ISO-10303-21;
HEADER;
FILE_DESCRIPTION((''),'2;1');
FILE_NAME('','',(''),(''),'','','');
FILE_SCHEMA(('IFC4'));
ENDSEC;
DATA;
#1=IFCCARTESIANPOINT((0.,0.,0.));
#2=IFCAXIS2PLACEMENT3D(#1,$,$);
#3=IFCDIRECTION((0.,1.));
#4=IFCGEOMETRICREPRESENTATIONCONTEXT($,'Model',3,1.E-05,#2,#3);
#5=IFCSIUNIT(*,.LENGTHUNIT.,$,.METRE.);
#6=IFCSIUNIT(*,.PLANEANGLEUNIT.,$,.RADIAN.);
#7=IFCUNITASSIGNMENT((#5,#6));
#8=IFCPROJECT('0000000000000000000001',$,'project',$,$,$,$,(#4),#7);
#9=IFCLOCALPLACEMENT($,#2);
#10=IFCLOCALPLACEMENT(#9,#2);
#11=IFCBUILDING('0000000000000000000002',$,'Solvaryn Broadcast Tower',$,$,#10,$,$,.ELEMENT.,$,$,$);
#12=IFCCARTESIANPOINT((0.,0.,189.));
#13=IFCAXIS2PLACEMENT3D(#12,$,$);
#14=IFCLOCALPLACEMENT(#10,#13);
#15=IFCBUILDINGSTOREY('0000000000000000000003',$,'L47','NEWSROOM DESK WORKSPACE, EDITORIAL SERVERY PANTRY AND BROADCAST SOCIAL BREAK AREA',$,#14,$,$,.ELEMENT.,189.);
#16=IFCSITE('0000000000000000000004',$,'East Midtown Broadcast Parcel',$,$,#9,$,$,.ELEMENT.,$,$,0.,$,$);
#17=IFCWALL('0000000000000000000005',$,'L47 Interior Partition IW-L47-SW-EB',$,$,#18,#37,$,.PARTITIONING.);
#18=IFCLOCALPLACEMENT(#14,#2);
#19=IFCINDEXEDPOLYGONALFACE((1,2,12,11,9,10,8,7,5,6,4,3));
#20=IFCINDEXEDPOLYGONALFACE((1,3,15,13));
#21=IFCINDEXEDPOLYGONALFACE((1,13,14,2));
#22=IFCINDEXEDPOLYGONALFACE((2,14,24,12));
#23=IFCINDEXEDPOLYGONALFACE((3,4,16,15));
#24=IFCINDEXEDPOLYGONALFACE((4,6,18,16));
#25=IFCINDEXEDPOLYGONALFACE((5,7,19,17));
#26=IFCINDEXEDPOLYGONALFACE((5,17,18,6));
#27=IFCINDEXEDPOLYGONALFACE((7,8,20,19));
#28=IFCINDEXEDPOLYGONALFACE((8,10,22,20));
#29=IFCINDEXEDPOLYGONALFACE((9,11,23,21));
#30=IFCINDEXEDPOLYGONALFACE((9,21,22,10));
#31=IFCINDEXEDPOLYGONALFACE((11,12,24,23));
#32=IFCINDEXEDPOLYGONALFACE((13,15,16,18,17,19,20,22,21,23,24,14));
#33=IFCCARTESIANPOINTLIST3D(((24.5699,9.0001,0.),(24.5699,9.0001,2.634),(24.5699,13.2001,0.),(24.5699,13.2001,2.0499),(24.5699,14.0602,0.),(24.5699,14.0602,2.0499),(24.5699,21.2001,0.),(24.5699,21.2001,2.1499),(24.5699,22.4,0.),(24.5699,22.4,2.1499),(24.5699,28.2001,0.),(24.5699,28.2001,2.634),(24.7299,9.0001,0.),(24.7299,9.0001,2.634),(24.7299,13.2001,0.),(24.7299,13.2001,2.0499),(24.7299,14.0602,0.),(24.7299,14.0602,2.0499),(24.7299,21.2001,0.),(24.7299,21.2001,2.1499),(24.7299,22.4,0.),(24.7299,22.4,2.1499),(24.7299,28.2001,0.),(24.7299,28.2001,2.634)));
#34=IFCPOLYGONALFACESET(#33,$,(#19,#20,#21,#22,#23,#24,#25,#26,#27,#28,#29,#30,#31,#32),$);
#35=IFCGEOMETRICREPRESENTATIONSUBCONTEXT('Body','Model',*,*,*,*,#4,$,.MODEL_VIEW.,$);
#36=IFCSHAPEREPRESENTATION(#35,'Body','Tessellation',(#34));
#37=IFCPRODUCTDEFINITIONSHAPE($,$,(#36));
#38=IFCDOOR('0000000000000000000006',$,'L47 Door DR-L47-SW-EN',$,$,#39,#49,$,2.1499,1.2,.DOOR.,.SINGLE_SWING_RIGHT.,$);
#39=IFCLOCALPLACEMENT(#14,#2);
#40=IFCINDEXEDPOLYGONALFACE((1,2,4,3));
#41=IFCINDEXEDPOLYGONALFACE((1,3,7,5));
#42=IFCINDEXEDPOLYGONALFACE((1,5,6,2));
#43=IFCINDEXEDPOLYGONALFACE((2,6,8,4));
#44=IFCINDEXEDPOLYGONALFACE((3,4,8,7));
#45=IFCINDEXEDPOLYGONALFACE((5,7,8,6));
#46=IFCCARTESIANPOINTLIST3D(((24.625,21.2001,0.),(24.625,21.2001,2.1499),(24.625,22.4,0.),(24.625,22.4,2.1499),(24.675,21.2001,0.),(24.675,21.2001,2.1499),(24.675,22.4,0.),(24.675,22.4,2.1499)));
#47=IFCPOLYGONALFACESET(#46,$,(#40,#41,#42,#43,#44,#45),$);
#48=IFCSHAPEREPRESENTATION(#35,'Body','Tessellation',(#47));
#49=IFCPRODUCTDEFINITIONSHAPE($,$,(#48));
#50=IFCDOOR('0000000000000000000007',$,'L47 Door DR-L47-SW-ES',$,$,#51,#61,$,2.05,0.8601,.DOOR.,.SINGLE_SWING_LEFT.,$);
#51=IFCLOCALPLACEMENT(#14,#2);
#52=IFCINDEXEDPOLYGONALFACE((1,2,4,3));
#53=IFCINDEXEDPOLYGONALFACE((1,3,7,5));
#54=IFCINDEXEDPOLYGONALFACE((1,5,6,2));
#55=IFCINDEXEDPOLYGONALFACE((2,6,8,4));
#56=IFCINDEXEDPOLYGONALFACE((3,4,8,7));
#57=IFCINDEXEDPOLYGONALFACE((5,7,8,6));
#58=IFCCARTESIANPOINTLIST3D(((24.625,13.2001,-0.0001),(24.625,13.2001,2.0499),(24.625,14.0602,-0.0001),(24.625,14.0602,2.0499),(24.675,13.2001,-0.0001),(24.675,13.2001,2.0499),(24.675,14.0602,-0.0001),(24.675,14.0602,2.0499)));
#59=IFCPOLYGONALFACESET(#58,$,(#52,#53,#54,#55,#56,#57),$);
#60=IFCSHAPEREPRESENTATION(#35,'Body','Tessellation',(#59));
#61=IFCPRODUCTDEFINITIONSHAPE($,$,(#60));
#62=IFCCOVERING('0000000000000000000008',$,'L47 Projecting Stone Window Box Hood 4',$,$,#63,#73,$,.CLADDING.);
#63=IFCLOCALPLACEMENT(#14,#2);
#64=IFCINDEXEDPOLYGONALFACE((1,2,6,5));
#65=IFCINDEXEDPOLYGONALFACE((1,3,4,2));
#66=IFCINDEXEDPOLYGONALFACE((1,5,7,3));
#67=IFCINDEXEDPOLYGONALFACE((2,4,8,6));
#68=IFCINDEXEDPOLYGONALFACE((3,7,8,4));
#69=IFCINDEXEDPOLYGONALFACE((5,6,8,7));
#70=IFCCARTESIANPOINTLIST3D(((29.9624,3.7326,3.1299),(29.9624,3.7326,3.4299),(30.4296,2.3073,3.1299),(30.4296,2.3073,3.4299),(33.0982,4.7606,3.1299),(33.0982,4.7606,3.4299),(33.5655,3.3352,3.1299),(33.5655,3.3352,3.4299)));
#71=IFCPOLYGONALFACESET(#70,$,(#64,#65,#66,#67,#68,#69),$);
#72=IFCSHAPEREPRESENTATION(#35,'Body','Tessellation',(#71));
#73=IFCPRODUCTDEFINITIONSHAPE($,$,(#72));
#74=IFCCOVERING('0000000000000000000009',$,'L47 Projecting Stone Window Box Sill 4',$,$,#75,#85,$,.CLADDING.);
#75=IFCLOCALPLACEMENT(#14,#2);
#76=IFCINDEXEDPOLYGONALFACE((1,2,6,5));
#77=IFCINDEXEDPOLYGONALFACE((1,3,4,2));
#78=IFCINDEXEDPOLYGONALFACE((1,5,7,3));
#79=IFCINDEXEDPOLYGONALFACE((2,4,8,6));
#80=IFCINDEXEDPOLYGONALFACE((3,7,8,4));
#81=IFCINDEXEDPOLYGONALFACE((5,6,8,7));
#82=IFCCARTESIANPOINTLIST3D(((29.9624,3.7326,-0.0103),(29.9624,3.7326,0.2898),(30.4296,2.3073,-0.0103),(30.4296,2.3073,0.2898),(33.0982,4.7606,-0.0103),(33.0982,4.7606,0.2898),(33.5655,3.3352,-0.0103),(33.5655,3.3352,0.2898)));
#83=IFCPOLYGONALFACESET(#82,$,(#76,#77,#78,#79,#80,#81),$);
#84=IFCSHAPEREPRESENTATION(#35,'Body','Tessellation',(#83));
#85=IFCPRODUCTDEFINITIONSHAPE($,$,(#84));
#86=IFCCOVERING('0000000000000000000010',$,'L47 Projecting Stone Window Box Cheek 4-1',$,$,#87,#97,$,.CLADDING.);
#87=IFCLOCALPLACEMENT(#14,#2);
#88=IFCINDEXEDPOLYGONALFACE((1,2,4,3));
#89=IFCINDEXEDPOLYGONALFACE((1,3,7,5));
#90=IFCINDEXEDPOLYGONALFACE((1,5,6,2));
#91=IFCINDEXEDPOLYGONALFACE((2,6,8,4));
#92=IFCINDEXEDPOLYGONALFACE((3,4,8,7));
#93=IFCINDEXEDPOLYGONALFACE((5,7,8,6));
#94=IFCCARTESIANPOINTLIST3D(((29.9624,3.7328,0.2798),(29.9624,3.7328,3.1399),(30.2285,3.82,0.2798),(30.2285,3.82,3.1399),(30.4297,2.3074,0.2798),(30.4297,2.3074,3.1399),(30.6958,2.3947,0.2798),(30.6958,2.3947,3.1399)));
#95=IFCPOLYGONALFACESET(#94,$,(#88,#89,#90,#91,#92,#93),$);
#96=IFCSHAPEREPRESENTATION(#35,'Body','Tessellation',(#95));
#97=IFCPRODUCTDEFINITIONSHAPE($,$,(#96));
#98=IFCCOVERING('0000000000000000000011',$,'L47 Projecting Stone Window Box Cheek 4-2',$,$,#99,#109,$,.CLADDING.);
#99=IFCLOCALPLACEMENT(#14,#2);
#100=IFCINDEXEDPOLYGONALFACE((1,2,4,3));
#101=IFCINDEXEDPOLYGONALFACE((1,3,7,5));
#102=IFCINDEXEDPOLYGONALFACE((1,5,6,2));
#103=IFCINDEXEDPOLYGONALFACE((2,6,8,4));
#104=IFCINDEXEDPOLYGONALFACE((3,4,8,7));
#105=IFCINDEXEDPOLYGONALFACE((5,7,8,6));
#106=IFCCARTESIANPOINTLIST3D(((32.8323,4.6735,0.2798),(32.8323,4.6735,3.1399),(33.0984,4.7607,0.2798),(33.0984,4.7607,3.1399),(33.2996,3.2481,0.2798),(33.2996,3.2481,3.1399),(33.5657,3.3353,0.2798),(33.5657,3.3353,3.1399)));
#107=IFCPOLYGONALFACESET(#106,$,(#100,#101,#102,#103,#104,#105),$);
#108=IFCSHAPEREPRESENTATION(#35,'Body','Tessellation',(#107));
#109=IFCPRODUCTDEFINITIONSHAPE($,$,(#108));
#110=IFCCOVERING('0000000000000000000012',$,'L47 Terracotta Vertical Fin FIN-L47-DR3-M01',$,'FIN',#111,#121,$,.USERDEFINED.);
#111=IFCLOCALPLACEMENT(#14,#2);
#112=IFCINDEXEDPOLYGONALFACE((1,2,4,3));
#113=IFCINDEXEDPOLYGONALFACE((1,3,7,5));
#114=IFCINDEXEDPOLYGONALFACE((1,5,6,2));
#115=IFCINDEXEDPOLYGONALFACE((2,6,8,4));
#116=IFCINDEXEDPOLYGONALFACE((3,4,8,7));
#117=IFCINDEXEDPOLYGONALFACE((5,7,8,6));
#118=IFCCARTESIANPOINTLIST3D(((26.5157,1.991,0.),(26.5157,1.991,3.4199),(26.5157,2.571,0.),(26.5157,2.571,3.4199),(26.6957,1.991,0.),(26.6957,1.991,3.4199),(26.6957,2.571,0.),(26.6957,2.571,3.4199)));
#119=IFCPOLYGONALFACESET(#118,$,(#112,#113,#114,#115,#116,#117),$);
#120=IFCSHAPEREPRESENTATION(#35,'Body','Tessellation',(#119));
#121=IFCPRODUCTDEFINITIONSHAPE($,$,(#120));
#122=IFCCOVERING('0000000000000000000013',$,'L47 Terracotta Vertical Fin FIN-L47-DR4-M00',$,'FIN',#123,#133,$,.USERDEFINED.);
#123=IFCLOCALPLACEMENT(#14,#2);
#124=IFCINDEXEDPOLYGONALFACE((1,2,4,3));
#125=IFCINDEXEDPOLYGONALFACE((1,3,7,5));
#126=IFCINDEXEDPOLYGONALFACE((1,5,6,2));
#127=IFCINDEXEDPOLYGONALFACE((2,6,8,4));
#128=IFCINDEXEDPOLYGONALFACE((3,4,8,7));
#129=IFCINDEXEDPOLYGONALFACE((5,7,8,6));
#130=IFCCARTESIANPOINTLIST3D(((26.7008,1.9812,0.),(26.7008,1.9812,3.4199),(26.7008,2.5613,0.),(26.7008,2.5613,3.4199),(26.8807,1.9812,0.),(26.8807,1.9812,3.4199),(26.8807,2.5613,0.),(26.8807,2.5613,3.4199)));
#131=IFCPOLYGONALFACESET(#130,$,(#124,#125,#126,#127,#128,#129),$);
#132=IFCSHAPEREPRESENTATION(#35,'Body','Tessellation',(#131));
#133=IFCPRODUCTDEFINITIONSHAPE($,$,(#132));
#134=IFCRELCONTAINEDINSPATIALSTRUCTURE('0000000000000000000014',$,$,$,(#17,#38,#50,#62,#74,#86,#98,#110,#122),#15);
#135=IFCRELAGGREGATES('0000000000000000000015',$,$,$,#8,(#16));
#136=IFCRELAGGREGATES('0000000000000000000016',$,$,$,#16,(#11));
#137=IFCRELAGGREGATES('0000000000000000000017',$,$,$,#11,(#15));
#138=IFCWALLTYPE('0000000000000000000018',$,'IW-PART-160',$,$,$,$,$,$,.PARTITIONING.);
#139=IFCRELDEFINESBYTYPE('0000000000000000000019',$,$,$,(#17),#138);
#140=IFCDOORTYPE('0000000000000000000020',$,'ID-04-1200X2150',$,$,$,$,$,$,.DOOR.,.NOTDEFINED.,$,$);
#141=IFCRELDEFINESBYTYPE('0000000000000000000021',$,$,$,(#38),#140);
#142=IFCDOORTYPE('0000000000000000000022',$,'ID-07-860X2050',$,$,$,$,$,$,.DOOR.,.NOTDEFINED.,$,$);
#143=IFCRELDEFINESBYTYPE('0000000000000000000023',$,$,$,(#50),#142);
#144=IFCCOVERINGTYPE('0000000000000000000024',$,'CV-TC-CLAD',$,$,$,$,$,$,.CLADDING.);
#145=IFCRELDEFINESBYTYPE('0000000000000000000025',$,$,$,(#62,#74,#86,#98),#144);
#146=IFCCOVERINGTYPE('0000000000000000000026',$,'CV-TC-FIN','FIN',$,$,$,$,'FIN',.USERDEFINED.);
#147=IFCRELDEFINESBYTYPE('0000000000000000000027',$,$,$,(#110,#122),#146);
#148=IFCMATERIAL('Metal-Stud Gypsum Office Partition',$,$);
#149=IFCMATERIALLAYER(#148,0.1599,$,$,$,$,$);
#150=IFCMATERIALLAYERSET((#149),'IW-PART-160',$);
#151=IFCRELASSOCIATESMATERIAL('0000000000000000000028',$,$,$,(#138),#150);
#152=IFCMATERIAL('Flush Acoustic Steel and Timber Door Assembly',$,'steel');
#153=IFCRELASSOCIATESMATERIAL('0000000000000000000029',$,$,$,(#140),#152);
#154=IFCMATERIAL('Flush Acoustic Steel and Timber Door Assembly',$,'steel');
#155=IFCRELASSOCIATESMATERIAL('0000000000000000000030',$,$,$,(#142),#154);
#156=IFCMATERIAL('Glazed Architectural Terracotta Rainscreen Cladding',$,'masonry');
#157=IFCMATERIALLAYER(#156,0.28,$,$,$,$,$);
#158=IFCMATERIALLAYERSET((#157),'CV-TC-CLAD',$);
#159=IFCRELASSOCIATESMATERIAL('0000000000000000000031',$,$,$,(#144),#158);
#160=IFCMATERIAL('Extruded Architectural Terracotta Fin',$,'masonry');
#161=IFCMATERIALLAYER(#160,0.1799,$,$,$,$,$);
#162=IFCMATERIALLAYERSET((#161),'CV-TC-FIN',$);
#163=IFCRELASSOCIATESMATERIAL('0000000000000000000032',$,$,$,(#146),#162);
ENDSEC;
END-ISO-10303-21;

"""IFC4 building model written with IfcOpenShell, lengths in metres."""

from ifc_helpers import new_model, si_unit, direction, frame, frame_2d, origin, origin_2d, place, context, subcontext, project, spatial, rectangle, extrude, material, layer, layer_set, type_object, element, fill, save


model = new_model("IFC4")

# Units and contexts
model_context = context("Model", 3, precision=1e-05, world=origin(), true_north=direction((0.0, 1.0)))
body_context = subcontext(model_context, "Body", "Model", "MODEL_VIEW")
ifc_project = project(units=[si_unit("LENGTHUNIT", "METRE"), si_unit("PLANEANGLEUNIT", "RADIAN")], contexts=[model_context])

# Site, building, storey
site_placement = place(None, origin())
site = spatial("IfcSite", under=ifc_project, at=site_placement, Name="East Midtown Broadcast Parcel", CompositionType="ELEMENT", RefElevation=0.0)
building_placement = place(site_placement, origin())
building = spatial("IfcBuilding", under=site, at=building_placement, Name="Solvaryn Broadcast Tower", CompositionType="ELEMENT")
storey_placement = place(building_placement, frame((0.0, 0.0, 189.0)))
storey = spatial("IfcBuildingStorey", under=building, at=storey_placement, Name="L47", Description="NEWSROOM DESK WORKSPACE, EDITORIAL SERVERY PANTRY AND BROADCAST SOCIAL BREAK AREA", CompositionType="ELEMENT", Elevation=189.0)

# Wall, openings, doors
ifc_material_1 = material(Name="Metal-Stud Gypsum Office Partition")
ifc_layer_1 = layer(ifc_material_1, 0.1599)
ifc_layer_set_1 = layer_set([ifc_layer_1], Name="IW-PART-160")
wall_type = type_object("IfcWallType", Name="IW-PART-160", PredefinedType="PARTITIONING", material=ifc_layer_set_1)
wall_placement = place(storey_placement, frame((24.6499, 9.0, 0.0), z_axis=(0.0, 0.0, 1.0), x_axis=(0.0, 1.0, 0.0)))
wall = element("IfcWall", 1, at=wall_placement, inside=storey, type_object=wall_type, Name="L47 Interior Partition IW-L47-SW-EB", PredefinedType="PARTITIONING", context=body_context, shape_type="SweptSolid", body=[
    extrude(rectangle(XDim=19.2, YDim=0.1599, at=frame_2d((9.6001, 0.0))), origin(), (0.0, 0.0, 1.0), 2.634),
])
opening_1_placement = place(wall_placement, frame((12.2, 0.0, 0.0)))
opening_1 = element("IfcOpeningElement", 2, at=opening_1_placement, cuts=wall, PredefinedType="OPENING", context=body_context, shape_type="SweptSolid", body=[
    extrude(rectangle(XDim=1.2, YDim=2.1499, at=frame_2d((0.6001, 1.075))), frame((0.0, 0.0901, 0.0), z_axis=(0.0, -1.0, 0.0), x_axis=(1.0, 0.0, 0.0)), (0.0, 0.0, 1.0), 0.1799),
])
opening_2_placement = place(wall_placement, frame((4.2, 0.0, 0.0)))
opening_2 = element("IfcOpeningElement", 3, at=opening_2_placement, cuts=wall, PredefinedType="OPENING", context=body_context, shape_type="SweptSolid", body=[
    extrude(rectangle(XDim=0.8601, YDim=2.05, at=frame_2d((0.4302, 1.0249))), frame((0.0, 0.0901, 0.0), z_axis=(0.0, -1.0, 0.0), x_axis=(1.0, 0.0, 0.0)), (0.0, 0.0, 1.0), 0.1799),
])
ifc_material_2 = material(Name="Flush Acoustic Steel and Timber Door Assembly", Category="steel")
door_type_1 = type_object("IfcDoorType", Name="ID-04-1200X2150", OperationType="NOTDEFINED", PredefinedType="DOOR", material=ifc_material_2)
door_1_placement = place(opening_1_placement, origin())
door_1 = element("IfcDoor", 4, at=door_1_placement, inside=storey, type_object=door_type_1, Name="L47 Door DR-L47-SW-EN", OperationType="SINGLE_SWING_RIGHT", OverallHeight=2.1499, OverallWidth=1.2, PredefinedType="DOOR", context=body_context, shape_type="SweptSolid", body=[
    extrude(rectangle(XDim=1.2, YDim=2.1499, at=frame_2d((0.6001, 1.075))), frame((0.0, 0.0249, 0.0), z_axis=(0.0, -1.0, 0.0), x_axis=(1.0, 0.0, 0.0)), (0.0, 0.0, 1.0), 0.05),
])
fill(opening_1, door_1)
ifc_material_3 = material(Name="Flush Acoustic Steel and Timber Door Assembly", Category="steel")
door_type_2 = type_object("IfcDoorType", Name="ID-07-860X2050", OperationType="NOTDEFINED", PredefinedType="DOOR", material=ifc_material_3)
door_2_placement = place(opening_2_placement, origin())
door_2 = element("IfcDoor", 5, at=door_2_placement, inside=storey, type_object=door_type_2, Name="L47 Door DR-L47-SW-ES", OperationType="SINGLE_SWING_LEFT", OverallHeight=2.05, OverallWidth=0.8601, PredefinedType="DOOR", context=body_context, shape_type="SweptSolid", body=[
    extrude(rectangle(XDim=0.8601, YDim=2.05, at=frame_2d((0.4302, 1.0249))), frame((0.0, 0.0249, 0.0), z_axis=(0.0, -1.0, 0.0), x_axis=(1.0, 0.0, 0.0)), (0.0, 0.0, 1.0), 0.05),
])
fill(opening_2, door_2)

# Coverings
ifc_material_4 = material(Name="Glazed Architectural Terracotta Rainscreen Cladding", Category="masonry")
ifc_layer_2 = layer(ifc_material_4, 0.28)
ifc_layer_set_2 = layer_set([ifc_layer_2], Name="CV-TC-CLAD")
covering_type_1 = type_object("IfcCoveringType", Name="CV-TC-CLAD", PredefinedType="CLADDING", material=ifc_layer_set_2)
for number, where, z_axis, x_axis, name in (
    (6, (31.7639, 3.5339, 3.1299), (0.0, 0.0, 1.0), (0.950244, 0.311506, 0.0), "L47 Projecting Stone Window Box Hood 4"),
    (7, (31.7639, 3.5339, -0.0103), (0.0, 0.0, 1.0), (0.950244, 0.311506, 0.0), "L47 Projecting Stone Window Box Sill 4"),
):
    element("IfcCovering", number, at=place(storey_placement, frame(where, z_axis=z_axis, x_axis=x_axis)), inside=storey, type_object=covering_type_1, Name=name, PredefinedType="CLADDING", context=body_context, shape_type="SweptSolid", body=[
        extrude(rectangle(XDim=3.3, YDim=1.5, at=origin_2d()), origin(), (0.0, 0.0, 1.0), 0.3),
    ])
for number, where, z_axis, x_axis, name in (
    (8, (30.3291, 3.0637, 0.2798), (0.0, 0.0, 1.0), (0.950244, 0.311506, 0.0), "L47 Projecting Stone Window Box Cheek 4-1"),
    (9, (33.199, 4.0044, 0.2798), (0.0, 0.0, 1.0), (0.950244, 0.311506, 0.0), "L47 Projecting Stone Window Box Cheek 4-2"),
):
    element("IfcCovering", number, at=place(storey_placement, frame(where, z_axis=z_axis, x_axis=x_axis)), inside=storey, type_object=covering_type_1, Name=name, PredefinedType="CLADDING", context=body_context, shape_type="SweptSolid", body=[
        extrude(rectangle(XDim=0.28, YDim=1.5, at=origin_2d()), origin(), (0.0, 0.0, 1.0), 2.8601),
    ])
ifc_material_5 = material(Name="Extruded Architectural Terracotta Fin", Category="masonry")
ifc_layer_3 = layer(ifc_material_5, 0.1799)
ifc_layer_set_3 = layer_set([ifc_layer_3], Name="CV-TC-FIN")
covering_type_2 = type_object("IfcCoveringType", Name="CV-TC-FIN", Description="FIN", ElementType="FIN", PredefinedType="USERDEFINED", material=ifc_layer_set_3)
for number, where, z_axis, x_axis, name in (
    (10, (26.6057, 2.281, 0.0), (0.0, 0.0, 1.0), (1.0, 0.0, 0.0), "L47 Terracotta Vertical Fin FIN-L47-DR3-M01"),
    (11, (26.7908, 2.2712, 0.0), (0.0, 0.0, 1.0), (1.0, 0.0, 0.0), "L47 Terracotta Vertical Fin FIN-L47-DR4-M00"),
):
    element("IfcCovering", number, at=place(storey_placement, frame(where, z_axis=z_axis, x_axis=x_axis)), inside=storey, type_object=covering_type_2, Name=name, ObjectType="FIN", PredefinedType="USERDEFINED", context=body_context, shape_type="SweptSolid", body=[
        extrude(rectangle(XDim=0.1799, YDim=0.5801, at=origin_2d()), origin(), (0.0, 0.0, 1.0), 3.4199),
    ])

save(model, "model.ifc")
